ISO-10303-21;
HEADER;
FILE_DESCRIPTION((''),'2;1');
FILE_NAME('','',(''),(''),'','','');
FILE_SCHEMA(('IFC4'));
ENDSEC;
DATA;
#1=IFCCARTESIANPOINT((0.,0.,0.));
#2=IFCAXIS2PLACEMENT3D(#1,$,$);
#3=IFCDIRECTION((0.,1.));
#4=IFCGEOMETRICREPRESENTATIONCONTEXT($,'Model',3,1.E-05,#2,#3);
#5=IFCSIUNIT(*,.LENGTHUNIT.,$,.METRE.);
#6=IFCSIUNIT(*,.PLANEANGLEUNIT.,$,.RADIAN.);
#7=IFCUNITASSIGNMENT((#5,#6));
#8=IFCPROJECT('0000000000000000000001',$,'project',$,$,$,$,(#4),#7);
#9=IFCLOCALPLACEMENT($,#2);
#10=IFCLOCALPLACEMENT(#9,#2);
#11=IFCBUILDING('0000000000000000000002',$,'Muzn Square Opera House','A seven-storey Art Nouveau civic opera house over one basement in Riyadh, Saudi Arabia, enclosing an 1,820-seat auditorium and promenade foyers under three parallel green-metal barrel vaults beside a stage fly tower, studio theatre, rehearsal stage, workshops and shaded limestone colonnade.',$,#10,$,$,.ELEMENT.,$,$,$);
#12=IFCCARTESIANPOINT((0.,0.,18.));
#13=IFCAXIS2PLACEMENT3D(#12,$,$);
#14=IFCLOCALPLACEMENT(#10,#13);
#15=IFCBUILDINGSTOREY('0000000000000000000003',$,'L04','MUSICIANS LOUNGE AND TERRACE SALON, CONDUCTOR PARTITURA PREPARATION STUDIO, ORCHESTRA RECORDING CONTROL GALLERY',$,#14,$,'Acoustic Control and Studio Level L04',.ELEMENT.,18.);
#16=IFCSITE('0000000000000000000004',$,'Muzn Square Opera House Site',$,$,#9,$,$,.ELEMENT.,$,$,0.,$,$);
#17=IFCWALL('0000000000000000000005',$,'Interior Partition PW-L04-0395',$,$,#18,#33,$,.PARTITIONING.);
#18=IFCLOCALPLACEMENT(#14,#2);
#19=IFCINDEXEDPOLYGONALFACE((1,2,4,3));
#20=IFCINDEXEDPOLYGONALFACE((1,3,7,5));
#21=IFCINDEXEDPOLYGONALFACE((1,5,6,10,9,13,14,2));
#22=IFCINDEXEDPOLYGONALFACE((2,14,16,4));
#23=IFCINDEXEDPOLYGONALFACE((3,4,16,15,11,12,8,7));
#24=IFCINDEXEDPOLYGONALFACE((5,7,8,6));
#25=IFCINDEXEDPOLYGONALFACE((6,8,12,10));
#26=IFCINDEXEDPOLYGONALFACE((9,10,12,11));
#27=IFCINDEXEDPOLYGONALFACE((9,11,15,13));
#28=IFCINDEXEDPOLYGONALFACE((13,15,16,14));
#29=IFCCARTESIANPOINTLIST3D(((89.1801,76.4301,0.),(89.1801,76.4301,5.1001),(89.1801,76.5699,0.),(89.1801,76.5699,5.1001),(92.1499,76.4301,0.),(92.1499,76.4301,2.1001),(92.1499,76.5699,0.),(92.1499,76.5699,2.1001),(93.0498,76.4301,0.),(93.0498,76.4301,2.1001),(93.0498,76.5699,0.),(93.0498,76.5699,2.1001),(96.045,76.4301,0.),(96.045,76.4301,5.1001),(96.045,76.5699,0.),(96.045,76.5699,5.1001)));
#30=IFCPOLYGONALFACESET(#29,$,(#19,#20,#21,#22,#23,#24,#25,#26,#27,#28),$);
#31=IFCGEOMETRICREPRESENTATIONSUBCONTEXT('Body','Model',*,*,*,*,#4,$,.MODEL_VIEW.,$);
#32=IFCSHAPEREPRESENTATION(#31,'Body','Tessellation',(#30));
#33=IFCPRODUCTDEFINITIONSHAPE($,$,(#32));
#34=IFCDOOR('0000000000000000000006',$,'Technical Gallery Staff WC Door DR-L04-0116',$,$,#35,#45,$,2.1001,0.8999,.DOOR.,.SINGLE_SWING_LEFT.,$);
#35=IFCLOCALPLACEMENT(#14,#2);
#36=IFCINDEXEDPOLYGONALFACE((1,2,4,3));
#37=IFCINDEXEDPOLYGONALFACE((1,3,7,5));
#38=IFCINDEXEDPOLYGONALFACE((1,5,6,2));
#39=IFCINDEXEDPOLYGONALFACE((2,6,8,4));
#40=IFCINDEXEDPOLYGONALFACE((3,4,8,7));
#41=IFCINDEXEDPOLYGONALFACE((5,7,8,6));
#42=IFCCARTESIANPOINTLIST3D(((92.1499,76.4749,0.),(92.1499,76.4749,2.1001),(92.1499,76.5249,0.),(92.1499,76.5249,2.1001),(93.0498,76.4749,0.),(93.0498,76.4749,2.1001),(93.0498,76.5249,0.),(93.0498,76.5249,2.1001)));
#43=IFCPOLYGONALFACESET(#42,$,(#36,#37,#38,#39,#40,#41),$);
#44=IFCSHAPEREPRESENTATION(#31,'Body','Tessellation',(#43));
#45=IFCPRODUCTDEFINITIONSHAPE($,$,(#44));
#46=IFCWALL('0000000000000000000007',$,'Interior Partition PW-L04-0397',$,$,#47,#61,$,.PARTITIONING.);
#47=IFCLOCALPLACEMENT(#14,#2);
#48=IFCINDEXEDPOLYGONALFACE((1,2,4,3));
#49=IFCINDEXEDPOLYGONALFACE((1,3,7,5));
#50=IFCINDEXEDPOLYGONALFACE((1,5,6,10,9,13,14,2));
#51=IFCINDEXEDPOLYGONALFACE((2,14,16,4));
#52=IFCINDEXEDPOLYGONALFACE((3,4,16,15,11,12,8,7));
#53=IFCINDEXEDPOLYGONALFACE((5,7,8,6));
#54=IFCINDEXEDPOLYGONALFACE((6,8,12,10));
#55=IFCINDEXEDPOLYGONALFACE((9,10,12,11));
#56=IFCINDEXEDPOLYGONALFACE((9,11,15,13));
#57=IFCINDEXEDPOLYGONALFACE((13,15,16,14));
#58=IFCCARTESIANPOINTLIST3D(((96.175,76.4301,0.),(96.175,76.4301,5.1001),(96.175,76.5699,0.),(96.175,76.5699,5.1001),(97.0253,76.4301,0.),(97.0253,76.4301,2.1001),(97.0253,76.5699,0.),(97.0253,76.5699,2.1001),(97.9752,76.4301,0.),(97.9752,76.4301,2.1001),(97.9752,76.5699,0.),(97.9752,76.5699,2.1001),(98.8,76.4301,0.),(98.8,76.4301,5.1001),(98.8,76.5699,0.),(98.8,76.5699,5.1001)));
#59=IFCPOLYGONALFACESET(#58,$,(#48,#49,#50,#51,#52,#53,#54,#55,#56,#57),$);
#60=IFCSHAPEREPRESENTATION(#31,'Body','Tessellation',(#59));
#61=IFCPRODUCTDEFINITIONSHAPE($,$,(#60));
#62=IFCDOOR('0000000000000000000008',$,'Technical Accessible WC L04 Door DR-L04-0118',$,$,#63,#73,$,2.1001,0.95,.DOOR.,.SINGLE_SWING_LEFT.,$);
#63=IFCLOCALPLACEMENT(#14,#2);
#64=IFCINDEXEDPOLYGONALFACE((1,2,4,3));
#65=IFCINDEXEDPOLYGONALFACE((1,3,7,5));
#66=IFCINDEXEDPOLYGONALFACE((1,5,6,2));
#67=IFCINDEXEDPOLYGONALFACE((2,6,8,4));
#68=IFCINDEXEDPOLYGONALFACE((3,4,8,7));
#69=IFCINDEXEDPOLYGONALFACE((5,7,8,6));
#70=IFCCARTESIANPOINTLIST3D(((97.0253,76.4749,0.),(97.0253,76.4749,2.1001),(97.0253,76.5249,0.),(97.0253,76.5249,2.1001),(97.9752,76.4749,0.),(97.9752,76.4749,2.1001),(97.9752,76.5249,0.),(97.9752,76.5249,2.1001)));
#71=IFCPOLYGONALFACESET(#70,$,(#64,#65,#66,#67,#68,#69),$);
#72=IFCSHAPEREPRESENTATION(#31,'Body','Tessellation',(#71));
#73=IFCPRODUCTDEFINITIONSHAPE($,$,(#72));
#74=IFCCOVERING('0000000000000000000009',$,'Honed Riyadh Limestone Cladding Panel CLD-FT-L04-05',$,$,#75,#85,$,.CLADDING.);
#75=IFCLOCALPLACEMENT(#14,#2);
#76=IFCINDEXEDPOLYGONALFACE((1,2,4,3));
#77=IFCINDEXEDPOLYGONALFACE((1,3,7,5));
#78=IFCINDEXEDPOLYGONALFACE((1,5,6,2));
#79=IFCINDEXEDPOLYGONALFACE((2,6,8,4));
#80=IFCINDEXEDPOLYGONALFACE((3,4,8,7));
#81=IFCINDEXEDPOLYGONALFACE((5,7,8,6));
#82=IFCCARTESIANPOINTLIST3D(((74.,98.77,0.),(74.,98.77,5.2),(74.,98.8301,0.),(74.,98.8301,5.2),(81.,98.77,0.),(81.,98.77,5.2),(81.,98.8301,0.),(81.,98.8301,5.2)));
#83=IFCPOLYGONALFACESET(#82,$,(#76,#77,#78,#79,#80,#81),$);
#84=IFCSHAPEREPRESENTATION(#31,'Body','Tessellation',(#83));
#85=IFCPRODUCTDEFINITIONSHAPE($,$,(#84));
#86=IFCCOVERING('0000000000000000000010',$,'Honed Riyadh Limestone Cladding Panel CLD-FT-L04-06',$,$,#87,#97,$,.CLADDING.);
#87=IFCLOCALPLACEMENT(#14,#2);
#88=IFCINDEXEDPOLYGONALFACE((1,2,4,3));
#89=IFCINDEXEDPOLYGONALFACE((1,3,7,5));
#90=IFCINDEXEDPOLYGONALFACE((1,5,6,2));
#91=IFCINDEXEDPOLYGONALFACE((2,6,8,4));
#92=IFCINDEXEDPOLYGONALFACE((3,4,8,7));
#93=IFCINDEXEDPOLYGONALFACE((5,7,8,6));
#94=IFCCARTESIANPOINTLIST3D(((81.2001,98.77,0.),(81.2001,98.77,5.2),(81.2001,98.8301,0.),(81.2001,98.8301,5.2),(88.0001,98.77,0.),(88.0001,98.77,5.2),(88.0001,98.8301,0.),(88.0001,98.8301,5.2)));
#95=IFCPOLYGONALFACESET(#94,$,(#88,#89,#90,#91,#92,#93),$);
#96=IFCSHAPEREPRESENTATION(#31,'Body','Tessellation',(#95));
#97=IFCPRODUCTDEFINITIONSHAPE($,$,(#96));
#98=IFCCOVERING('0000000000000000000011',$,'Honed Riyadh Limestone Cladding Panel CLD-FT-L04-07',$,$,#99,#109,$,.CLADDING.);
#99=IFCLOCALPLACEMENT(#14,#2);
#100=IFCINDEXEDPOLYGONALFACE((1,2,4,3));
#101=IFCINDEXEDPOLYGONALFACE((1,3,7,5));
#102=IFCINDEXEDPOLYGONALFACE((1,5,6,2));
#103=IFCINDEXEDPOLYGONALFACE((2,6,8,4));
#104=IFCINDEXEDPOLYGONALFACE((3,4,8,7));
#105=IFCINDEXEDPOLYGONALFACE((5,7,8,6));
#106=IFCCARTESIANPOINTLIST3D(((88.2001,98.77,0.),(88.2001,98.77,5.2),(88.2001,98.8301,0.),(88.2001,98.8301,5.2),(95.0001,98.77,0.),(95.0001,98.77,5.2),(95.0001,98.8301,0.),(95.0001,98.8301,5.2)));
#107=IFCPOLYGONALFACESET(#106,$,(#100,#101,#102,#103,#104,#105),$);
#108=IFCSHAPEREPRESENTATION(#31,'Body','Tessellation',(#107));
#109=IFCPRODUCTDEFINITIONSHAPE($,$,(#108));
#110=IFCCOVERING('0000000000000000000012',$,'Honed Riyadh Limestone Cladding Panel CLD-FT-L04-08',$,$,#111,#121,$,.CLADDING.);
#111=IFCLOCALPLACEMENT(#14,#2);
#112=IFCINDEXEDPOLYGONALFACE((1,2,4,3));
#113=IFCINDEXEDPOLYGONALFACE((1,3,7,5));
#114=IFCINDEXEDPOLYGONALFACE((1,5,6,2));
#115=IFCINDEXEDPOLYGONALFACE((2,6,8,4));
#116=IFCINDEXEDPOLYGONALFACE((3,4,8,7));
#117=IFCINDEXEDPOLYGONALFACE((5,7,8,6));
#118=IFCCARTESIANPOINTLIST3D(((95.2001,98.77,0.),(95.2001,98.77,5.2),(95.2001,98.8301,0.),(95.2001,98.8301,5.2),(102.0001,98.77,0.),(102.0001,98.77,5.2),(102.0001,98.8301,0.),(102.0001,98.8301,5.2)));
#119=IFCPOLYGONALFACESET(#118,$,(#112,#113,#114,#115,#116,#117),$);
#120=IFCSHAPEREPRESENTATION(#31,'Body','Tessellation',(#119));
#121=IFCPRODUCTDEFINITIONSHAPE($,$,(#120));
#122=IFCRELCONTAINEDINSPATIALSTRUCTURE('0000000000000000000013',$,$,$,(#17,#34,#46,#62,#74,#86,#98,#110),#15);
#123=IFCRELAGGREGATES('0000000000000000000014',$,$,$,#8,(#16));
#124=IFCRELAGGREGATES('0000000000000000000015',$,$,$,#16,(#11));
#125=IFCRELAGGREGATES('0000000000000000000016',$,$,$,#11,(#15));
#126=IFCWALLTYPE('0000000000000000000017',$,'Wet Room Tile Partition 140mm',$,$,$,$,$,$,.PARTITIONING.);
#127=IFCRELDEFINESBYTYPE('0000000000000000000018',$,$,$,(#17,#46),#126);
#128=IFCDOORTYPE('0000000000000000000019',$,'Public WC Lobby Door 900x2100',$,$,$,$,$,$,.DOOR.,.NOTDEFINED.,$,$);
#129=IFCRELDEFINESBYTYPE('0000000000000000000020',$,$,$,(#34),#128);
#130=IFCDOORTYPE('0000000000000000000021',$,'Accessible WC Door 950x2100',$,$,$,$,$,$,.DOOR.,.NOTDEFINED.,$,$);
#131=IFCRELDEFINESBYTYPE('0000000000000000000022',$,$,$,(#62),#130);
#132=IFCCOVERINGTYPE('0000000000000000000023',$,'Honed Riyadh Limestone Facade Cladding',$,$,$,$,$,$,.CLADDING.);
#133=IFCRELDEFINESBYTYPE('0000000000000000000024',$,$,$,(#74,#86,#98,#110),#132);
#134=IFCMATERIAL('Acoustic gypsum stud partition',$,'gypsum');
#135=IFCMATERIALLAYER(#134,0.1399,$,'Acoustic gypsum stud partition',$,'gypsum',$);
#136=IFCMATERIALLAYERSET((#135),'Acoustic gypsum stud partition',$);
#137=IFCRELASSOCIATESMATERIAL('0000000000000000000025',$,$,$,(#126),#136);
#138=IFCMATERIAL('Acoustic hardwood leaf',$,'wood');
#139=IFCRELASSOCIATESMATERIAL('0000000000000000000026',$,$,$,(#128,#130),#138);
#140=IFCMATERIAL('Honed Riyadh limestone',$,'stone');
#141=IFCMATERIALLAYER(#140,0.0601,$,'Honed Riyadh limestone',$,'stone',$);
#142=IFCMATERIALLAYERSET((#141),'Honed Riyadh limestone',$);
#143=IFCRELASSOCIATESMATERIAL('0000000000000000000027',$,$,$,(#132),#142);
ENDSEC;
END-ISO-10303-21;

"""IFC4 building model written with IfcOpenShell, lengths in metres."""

from ifc_helpers import new_model, si_unit, direction, frame, frame_2d, origin, origin_2d, place, context, subcontext, project, spatial, rectangle, extrude, material, layer, layer_set, type_object, element, fill, save


model = new_model("IFC4")

# Units and contexts
model_context = context("Model", 3, precision=1e-05, world=origin(), true_north=direction((0.0, 1.0)))
body_context = subcontext(model_context, "Body", "Model", "MODEL_VIEW")
ifc_project = project(units=[si_unit("LENGTHUNIT", "METRE"), si_unit("PLANEANGLEUNIT", "RADIAN")], contexts=[model_context])

# Site, building, storey
site_placement = place(None, origin())
site = spatial("IfcSite", under=ifc_project, at=site_placement, Name="Muzn Square Opera House Site", CompositionType="ELEMENT", RefElevation=0.0)
building_placement = place(site_placement, origin())
building = spatial("IfcBuilding", under=site, at=building_placement, Name="Muzn Square Opera House", Description="A seven-storey Art Nouveau civic opera house over one basement in Riyadh, Saudi Arabia, enclosing an 1,820-seat auditorium and promenade foyers under three parallel green-metal barrel vaults beside a stage fly tower, studio theatre, rehearsal stage, workshops and shaded limestone colonnade.", CompositionType="ELEMENT")
storey_placement = place(building_placement, frame((0.0, 0.0, 18.0)))
storey = spatial("IfcBuildingStorey", under=building, at=storey_placement, Name="L04", Description="MUSICIANS LOUNGE AND TERRACE SALON, CONDUCTOR PARTITURA PREPARATION STUDIO, ORCHESTRA RECORDING CONTROL GALLERY", LongName="Acoustic Control and Studio Level L04", CompositionType="ELEMENT", Elevation=18.0)

# Shared definitions
ifc_material_1 = material(Name="Acoustic gypsum stud partition", Category="gypsum")

# Shared definitions
ifc_material_2 = material(Name="Acoustic hardwood leaf", Category="wood")

# Walls, openings, doors
ifc_layer_1 = layer(ifc_material_1, 0.1399, Name="Acoustic gypsum stud partition", Category="gypsum")
ifc_layer_set_1 = layer_set([ifc_layer_1], Name="Acoustic gypsum stud partition")
wall_type_1 = type_object("IfcWallType", Name="Wet Room Tile Partition 140mm", PredefinedType="PARTITIONING", material=ifc_layer_set_1)
wall_1_placement = place(storey_placement, frame((89.1799, 76.5, 0.0), z_axis=(0.0, 0.0, 1.0), x_axis=(1.0, 0.0, 0.0)))
wall_1 = element("IfcWall", 1, at=wall_1_placement, inside=storey, type_object=wall_type_1, Name="Interior Partition PW-L04-0395", PredefinedType="PARTITIONING", context=body_context, shape_type="SweptSolid", body=[
    extrude(rectangle(XDim=6.865, YDim=0.1399, at=frame_2d((3.4326, 0.0))), origin(), (0.0, 0.0, 1.0), 5.1001),
])
opening_1_placement = place(wall_1_placement, frame((2.97, 0.0, 0.0)))
opening_1 = element("IfcOpeningElement", 2, at=opening_1_placement, cuts=wall_1, PredefinedType="OPENING", context=body_context, shape_type="SweptSolid", body=[
    extrude(rectangle(XDim=0.8999, YDim=2.1001, at=frame_2d((0.45, 1.05))), frame((0.0, 0.0798, 0.0), z_axis=(0.0, -1.0, 0.0), x_axis=(1.0, 0.0, 0.0)), (0.0, 0.0, 1.0), 0.1599),
])
door_type_1 = type_object("IfcDoorType", Name="Public WC Lobby Door 900x2100", OperationType="NOTDEFINED", PredefinedType="DOOR", material=ifc_material_2)
door_1_placement = place(opening_1_placement, origin())
door_1 = element("IfcDoor", 3, at=door_1_placement, inside=storey, type_object=door_type_1, Name="Technical Gallery Staff WC Door DR-L04-0116", OperationType="SINGLE_SWING_LEFT", OverallHeight=2.1001, OverallWidth=0.8999, PredefinedType="DOOR", context=body_context, shape_type="SweptSolid", body=[
    extrude(rectangle(XDim=0.8999, YDim=2.1001, at=frame_2d((0.45, 1.05))), frame((0.0, 0.0249, 0.0), z_axis=(0.0, -1.0, 0.0), x_axis=(1.0, 0.0, 0.0)), (0.0, 0.0, 1.0), 0.05),
])
fill(opening_1, door_1)
wall_2_placement = place(storey_placement, frame((96.175, 76.5, 0.0), z_axis=(0.0, 0.0, 1.0), x_axis=(1.0, 0.0, 0.0)))
wall_2 = element("IfcWall", 4, at=wall_2_placement, inside=storey, type_object=wall_type_1, Name="Interior Partition PW-L04-0397", PredefinedType="PARTITIONING", context=body_context, shape_type="SweptSolid", body=[
    extrude(rectangle(XDim=2.625, YDim=0.1399, at=frame_2d((1.3125, 0.0))), origin(), (0.0, 0.0, 1.0), 5.1001),
])
opening_2_placement = place(wall_2_placement, frame((0.8501, 0.0, 0.0)))
opening_2 = element("IfcOpeningElement", 5, at=opening_2_placement, cuts=wall_2, PredefinedType="OPENING", context=body_context, shape_type="SweptSolid", body=[
    extrude(rectangle(XDim=0.95, YDim=2.1001, at=frame_2d((0.4751, 1.05))), frame((0.0, 0.0798, 0.0), z_axis=(0.0, -1.0, 0.0), x_axis=(1.0, 0.0, 0.0)), (0.0, 0.0, 1.0), 0.1599),
])
door_type_2 = type_object("IfcDoorType", Name="Accessible WC Door 950x2100", OperationType="NOTDEFINED", PredefinedType="DOOR", material=ifc_material_2)
door_2_placement = place(opening_2_placement, origin())
door_2 = element("IfcDoor", 6, at=door_2_placement, inside=storey, type_object=door_type_2, Name="Technical Accessible WC L04 Door DR-L04-0118", OperationType="SINGLE_SWING_LEFT", OverallHeight=2.1001, OverallWidth=0.95, PredefinedType="DOOR", context=body_context, shape_type="SweptSolid", body=[
    extrude(rectangle(XDim=0.95, YDim=2.1001, at=frame_2d((0.4751, 1.05))), frame((0.0, 0.0249, 0.0), z_axis=(0.0, -1.0, 0.0), x_axis=(1.0, 0.0, 0.0)), (0.0, 0.0, 1.0), 0.05),
])
fill(opening_2, door_2)

# Coverings
ifc_material_3 = material(Name="Honed Riyadh limestone", Category="stone")
ifc_layer_2 = layer(ifc_material_3, 0.0601, Name="Honed Riyadh limestone", Category="stone")
ifc_layer_set_2 = layer_set([ifc_layer_2], Name="Honed Riyadh limestone")
covering_type = type_object("IfcCoveringType", Name="Honed Riyadh Limestone Facade Cladding", PredefinedType="CLADDING", material=ifc_layer_set_2)
covering_placement = place(storey_placement, frame((77.5, 98.8, 0.0), z_axis=(0.0, 0.0, 1.0), x_axis=(1.0, 0.0, 0.0)))
element("IfcCovering", 7, at=covering_placement, inside=storey, type_object=covering_type, Name="Honed Riyadh Limestone Cladding Panel CLD-FT-L04-05", PredefinedType="CLADDING", context=body_context, shape_type="SweptSolid", body=[
    extrude(rectangle(XDim=7.0, YDim=0.0601, at=origin_2d()), origin(), (0.0, 0.0, 1.0), 5.2),
])
for number, where, z_axis, x_axis, name in (
    (8, (84.6001, 98.8, 0.0), (0.0, 0.0, 1.0), (1.0, 0.0, 0.0), "Honed Riyadh Limestone Cladding Panel CLD-FT-L04-06"),
    (9, (91.6001, 98.8, 0.0), (0.0, 0.0, 1.0), (1.0, 0.0, 0.0), "Honed Riyadh Limestone Cladding Panel CLD-FT-L04-07"),
    (10, (98.6001, 98.8, 0.0), (0.0, 0.0, 1.0), (1.0, 0.0, 0.0), "Honed Riyadh Limestone Cladding Panel CLD-FT-L04-08"),
):
    element("IfcCovering", number, at=place(storey_placement, frame(where, z_axis=z_axis, x_axis=x_axis)), inside=storey, type_object=covering_type, Name=name, PredefinedType="CLADDING", context=body_context, shape_type="SweptSolid", body=[
        extrude(rectangle(XDim=6.8, YDim=0.0601, at=origin_2d()), origin(), (0.0, 0.0, 1.0), 5.2),
    ])

save(model, "model.ifc")
